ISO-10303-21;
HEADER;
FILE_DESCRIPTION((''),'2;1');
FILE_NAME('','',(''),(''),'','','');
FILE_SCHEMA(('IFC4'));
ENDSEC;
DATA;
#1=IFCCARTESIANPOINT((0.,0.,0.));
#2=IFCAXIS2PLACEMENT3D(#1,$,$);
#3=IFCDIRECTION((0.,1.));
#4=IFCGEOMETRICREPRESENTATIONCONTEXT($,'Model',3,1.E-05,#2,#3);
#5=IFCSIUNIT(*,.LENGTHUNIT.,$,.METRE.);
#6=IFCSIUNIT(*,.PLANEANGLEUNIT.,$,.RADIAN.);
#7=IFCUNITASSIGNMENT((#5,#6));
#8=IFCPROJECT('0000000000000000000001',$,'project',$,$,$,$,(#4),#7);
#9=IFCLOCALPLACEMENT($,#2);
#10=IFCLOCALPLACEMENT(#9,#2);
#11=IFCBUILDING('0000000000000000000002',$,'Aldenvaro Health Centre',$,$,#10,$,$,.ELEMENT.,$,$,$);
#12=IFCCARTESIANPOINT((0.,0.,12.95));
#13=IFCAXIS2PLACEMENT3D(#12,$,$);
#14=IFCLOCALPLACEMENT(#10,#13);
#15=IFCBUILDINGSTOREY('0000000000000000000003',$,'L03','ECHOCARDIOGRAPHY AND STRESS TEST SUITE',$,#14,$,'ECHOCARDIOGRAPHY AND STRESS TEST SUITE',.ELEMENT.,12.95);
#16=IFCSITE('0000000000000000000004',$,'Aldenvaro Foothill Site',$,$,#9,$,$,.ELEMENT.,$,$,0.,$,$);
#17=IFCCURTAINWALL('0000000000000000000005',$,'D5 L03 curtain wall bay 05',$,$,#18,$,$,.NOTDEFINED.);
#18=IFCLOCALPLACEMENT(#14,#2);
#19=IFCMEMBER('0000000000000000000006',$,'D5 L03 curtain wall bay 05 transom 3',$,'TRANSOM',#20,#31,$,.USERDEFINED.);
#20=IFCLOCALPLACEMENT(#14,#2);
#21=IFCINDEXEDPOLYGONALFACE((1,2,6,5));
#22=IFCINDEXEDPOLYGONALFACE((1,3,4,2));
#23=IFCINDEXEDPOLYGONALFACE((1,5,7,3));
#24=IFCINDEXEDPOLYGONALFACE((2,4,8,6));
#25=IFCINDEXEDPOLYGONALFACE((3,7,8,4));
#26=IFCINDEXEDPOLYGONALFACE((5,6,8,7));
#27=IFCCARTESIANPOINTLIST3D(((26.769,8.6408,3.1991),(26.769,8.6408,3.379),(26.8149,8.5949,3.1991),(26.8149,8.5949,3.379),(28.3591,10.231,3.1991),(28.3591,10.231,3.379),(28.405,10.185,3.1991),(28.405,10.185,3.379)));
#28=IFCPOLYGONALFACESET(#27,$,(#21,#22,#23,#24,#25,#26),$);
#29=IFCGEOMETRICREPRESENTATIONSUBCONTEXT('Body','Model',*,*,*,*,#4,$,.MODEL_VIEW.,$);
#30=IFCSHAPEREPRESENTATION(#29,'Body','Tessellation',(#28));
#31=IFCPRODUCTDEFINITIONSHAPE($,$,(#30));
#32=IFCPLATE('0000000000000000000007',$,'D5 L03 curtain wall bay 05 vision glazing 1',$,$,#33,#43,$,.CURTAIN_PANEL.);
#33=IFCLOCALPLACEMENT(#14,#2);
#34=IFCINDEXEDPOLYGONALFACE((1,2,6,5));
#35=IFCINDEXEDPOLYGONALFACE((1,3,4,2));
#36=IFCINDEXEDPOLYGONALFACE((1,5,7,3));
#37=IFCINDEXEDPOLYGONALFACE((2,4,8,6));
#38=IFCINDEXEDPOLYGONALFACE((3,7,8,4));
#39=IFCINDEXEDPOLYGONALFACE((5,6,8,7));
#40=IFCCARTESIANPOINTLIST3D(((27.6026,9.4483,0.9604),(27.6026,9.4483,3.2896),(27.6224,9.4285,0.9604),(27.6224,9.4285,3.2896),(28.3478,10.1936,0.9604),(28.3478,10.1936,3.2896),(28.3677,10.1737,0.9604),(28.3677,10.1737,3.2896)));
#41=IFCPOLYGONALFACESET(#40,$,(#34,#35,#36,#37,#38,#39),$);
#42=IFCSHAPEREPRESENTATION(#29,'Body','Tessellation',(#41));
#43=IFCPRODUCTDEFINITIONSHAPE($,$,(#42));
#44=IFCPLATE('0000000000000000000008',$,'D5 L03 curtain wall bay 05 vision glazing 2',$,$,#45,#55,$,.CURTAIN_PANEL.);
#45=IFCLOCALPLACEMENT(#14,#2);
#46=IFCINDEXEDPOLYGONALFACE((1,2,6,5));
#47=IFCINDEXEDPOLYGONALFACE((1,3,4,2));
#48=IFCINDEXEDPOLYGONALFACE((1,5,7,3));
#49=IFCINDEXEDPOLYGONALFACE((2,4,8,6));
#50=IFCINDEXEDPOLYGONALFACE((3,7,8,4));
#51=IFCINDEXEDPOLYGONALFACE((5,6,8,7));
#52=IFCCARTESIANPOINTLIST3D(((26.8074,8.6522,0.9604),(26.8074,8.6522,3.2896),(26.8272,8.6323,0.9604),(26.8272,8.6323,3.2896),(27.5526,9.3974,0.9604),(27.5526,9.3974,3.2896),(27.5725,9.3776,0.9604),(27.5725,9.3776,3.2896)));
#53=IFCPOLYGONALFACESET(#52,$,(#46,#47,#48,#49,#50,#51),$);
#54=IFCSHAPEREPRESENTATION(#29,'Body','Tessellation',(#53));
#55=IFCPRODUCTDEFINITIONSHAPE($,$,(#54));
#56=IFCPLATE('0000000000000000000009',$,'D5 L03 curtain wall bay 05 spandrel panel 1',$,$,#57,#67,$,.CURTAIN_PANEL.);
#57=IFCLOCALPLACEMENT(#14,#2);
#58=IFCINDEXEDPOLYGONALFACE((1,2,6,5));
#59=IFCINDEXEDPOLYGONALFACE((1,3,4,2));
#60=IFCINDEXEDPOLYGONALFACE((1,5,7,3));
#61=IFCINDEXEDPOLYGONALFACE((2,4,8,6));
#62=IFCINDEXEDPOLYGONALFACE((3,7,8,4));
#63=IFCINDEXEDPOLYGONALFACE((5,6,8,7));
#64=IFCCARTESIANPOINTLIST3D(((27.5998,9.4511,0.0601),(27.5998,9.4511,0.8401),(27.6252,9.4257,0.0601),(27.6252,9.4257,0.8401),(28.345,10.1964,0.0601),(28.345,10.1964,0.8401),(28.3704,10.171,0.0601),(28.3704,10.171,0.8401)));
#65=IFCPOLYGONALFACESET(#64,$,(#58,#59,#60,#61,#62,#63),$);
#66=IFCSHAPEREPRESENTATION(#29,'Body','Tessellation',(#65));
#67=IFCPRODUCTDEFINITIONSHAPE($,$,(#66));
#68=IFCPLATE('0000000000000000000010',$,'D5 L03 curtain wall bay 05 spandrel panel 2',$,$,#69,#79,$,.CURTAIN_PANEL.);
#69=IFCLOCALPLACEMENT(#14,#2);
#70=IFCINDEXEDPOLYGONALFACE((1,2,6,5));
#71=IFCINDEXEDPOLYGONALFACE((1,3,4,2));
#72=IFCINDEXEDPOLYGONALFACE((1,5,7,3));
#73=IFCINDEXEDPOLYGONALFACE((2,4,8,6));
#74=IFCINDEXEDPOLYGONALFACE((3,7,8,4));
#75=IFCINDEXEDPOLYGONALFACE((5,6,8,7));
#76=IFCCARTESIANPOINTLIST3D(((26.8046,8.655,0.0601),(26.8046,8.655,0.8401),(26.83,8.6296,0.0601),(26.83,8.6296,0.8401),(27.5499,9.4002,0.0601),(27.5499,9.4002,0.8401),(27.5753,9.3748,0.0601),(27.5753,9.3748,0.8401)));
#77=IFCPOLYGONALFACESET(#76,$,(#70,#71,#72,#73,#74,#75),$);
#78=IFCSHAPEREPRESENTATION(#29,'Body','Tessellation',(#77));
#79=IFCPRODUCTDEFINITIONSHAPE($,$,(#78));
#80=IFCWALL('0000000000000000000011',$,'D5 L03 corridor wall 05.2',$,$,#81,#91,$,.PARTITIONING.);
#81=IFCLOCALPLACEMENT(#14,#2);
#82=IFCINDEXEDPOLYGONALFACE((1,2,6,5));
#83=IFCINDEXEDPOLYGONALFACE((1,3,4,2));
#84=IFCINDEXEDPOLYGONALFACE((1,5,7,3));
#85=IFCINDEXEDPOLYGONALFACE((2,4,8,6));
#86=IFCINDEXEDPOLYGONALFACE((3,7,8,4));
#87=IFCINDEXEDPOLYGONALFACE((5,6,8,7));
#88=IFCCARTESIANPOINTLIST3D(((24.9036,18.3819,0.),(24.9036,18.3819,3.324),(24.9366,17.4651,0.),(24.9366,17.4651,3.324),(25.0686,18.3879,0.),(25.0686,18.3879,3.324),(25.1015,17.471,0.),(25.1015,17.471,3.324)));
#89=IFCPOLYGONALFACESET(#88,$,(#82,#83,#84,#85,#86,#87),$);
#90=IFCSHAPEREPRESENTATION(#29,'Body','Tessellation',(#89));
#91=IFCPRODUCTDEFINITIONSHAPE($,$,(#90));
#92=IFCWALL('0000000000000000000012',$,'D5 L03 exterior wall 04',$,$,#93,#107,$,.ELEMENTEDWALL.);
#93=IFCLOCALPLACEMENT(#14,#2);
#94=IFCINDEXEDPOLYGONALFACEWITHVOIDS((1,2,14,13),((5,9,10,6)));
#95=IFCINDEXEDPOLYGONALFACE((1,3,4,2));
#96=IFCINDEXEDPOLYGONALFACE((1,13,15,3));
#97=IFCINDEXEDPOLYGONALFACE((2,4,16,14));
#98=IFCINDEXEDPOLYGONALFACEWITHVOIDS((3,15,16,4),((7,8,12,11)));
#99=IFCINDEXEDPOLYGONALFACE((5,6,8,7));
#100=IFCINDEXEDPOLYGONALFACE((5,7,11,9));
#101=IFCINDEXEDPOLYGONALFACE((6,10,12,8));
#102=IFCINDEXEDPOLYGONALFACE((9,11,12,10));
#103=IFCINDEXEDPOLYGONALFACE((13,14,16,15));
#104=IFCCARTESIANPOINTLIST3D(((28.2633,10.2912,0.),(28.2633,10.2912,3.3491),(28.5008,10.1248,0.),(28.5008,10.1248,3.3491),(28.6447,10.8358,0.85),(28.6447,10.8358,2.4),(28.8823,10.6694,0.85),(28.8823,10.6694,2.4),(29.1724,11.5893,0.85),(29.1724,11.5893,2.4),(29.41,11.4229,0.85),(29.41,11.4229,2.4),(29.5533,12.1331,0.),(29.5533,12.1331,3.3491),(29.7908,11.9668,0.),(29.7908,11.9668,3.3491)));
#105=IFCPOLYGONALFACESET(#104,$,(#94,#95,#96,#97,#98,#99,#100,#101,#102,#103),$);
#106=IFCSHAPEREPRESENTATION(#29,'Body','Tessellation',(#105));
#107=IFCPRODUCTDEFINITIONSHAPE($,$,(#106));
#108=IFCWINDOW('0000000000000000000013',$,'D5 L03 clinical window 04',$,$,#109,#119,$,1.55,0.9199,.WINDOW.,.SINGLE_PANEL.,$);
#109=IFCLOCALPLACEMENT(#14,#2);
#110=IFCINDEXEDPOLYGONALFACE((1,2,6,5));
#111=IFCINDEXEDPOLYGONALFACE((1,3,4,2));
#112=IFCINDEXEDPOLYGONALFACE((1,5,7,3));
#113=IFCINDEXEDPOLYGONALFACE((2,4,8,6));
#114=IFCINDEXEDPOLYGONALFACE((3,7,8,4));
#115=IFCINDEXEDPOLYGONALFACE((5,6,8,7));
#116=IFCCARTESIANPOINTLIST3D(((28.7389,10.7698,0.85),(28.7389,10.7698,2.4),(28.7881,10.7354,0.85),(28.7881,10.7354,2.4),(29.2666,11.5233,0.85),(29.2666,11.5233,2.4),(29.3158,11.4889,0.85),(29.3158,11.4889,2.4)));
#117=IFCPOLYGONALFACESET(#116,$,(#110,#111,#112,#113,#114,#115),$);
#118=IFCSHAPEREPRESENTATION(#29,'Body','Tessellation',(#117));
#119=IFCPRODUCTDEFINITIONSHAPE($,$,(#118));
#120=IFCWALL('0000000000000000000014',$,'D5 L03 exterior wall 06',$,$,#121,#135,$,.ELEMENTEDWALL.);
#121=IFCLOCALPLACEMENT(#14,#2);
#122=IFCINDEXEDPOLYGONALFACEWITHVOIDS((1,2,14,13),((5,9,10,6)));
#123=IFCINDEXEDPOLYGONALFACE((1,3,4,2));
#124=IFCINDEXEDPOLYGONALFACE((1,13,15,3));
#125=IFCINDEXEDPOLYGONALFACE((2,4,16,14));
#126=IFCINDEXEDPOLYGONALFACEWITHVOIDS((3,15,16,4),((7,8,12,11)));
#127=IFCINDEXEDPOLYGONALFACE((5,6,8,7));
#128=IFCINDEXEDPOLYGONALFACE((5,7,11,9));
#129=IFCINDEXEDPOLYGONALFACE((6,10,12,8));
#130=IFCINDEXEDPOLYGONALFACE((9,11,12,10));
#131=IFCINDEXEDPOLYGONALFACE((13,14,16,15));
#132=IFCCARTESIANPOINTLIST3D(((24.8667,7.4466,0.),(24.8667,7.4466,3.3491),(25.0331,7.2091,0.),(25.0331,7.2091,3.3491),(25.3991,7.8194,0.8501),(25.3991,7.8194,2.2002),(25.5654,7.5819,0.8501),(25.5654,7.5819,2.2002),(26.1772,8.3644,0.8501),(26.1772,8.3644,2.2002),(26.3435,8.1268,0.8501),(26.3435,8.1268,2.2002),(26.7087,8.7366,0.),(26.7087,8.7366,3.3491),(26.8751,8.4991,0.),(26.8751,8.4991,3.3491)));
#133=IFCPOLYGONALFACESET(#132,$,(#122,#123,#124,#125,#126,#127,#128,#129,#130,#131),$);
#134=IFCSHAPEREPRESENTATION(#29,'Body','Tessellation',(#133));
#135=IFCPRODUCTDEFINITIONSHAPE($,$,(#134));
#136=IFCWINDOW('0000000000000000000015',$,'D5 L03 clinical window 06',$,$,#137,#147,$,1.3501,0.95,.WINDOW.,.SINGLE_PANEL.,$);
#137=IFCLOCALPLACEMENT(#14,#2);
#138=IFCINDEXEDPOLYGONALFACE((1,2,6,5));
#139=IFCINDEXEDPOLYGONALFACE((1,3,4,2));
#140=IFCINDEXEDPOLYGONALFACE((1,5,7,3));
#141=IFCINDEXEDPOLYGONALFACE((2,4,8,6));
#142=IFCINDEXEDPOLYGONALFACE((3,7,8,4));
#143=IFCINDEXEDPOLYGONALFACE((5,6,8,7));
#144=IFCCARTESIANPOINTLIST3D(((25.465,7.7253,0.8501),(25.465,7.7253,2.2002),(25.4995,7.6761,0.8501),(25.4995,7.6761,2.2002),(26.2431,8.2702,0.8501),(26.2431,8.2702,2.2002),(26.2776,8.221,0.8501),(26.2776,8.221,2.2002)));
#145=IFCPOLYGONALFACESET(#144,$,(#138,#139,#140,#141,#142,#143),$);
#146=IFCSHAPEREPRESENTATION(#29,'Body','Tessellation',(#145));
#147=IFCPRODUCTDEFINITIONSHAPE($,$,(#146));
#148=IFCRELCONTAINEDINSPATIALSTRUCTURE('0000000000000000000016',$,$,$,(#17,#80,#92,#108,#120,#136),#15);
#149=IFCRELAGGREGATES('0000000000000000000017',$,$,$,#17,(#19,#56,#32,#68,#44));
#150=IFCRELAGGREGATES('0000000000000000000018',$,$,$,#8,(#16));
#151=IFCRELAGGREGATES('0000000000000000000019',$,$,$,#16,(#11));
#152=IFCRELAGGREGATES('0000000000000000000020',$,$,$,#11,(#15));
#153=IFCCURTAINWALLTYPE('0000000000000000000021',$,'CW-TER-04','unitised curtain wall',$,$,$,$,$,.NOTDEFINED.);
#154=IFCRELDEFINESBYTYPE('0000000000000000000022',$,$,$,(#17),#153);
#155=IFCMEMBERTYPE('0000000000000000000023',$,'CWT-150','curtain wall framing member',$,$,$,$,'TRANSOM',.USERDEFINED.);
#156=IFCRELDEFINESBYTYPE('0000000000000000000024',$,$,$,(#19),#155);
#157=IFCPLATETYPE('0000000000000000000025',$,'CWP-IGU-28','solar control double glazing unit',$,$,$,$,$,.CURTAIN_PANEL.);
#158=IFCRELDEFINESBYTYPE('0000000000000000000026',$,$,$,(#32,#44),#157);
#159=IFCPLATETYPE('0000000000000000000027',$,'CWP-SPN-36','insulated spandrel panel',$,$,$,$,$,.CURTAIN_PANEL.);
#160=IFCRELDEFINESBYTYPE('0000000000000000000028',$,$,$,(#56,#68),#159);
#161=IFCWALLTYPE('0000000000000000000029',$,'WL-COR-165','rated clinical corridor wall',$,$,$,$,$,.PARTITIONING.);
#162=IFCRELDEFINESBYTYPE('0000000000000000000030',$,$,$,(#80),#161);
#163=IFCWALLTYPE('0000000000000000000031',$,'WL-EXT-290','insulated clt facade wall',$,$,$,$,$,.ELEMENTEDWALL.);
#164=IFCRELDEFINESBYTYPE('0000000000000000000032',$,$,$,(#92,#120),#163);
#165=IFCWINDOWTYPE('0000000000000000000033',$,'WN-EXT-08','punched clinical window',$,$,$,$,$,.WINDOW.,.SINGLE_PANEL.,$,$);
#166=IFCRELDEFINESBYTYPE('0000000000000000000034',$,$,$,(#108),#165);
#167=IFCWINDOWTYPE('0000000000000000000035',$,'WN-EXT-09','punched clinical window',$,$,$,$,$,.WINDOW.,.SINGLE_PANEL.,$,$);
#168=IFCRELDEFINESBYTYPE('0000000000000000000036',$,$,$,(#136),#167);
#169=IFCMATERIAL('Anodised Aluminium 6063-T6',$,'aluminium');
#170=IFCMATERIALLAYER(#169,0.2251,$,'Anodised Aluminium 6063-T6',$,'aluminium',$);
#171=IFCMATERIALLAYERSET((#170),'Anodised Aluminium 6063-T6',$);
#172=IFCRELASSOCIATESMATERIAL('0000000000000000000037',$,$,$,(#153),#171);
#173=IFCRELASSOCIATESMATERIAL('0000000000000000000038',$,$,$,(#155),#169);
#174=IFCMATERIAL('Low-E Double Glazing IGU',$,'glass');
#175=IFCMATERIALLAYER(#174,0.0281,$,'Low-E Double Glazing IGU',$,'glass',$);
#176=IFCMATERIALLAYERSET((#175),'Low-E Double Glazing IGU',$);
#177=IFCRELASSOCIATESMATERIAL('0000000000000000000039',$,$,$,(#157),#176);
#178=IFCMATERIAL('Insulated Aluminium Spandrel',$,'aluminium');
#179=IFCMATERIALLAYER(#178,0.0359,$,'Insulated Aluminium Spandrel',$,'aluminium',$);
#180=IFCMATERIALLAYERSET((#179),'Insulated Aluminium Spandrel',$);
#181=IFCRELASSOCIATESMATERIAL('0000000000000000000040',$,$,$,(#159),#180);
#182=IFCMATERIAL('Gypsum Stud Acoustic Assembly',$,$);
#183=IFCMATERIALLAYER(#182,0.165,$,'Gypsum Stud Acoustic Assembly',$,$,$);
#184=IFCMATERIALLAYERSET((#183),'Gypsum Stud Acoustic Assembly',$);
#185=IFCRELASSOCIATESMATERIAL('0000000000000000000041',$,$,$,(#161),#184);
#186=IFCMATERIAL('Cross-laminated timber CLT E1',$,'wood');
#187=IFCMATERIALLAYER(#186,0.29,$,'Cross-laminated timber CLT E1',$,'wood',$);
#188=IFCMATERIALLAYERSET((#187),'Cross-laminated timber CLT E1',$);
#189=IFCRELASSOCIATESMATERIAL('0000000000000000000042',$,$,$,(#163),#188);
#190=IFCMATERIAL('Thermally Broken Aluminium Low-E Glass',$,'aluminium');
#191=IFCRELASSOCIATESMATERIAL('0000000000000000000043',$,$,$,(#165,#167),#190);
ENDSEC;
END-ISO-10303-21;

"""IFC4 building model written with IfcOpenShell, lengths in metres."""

from ifc_helpers import new_model, si_unit, direction, frame, frame_2d, origin, origin_2d, place, context, subcontext, project, spatial, rectangle, extrude, material, layer, layer_set, material_profile, profile_set, type_object, element, fill, aggregate, save


model = new_model("IFC4")

# Units and contexts
model_context = context("Model", 3, precision=1e-05, world=origin(), true_north=direction((0.0, 1.0)))
body_context = subcontext(model_context, "Body", "Model", "MODEL_VIEW")
ifc_project = project(units=[si_unit("LENGTHUNIT", "METRE"), si_unit("PLANEANGLEUNIT", "RADIAN")], contexts=[model_context])

# Site, building, storey
site_placement = place(None, origin())
site = spatial("IfcSite", under=ifc_project, at=site_placement, Name="Aldenvaro Foothill Site", CompositionType="ELEMENT", RefElevation=0.0)
building_placement = place(site_placement, origin())
building = spatial("IfcBuilding", under=site, at=building_placement, Name="Aldenvaro Health Centre", CompositionType="ELEMENT")
storey_placement = place(building_placement, frame((0.0, 0.0, 12.95)))
storey = spatial("IfcBuildingStorey", under=building, at=storey_placement, Name="L03", Description="ECHOCARDIOGRAPHY AND STRESS TEST SUITE", LongName="ECHOCARDIOGRAPHY AND STRESS TEST SUITE", CompositionType="ELEMENT", Elevation=12.95)

# Curtain wall, member, plates
ifc_material_1 = material(Name="Anodised Aluminium 6063-T6", Category="aluminium")
ifc_layer_1 = layer(ifc_material_1, 0.2251, Name="Anodised Aluminium 6063-T6", Category="aluminium")
ifc_layer_set_1 = layer_set([ifc_layer_1], Name="Anodised Aluminium 6063-T6")
curtain_wall_type = type_object("IfcCurtainWallType", Name="CW-TER-04", Description="unitised curtain wall", PredefinedType="NOTDEFINED", material=ifc_layer_set_1)
curtain_wall_placement = place(storey_placement, origin())
curtain_wall = element("IfcCurtainWall", 1, at=curtain_wall_placement, inside=storey, type_object=curtain_wall_type, Name="D5 L03 curtain wall bay 05", PredefinedType="NOTDEFINED")
ifc_material_profile_1 = material_profile(ifc_material_1, rectangle(XDim=0.0649, YDim=0.1799, at=origin_2d()), Name="ALU 65x180", Category="aluminium")
ifc_profile_set_1 = profile_set([ifc_material_profile_1], Name="Anodised Aluminium 6063-T6")
member_type_1 = type_object("IfcMemberType", Name="CWT-150", Description="curtain wall framing member", ElementType="TRANSOM", PredefinedType="USERDEFINED", material=ifc_profile_set_1)
member_1_placement = place(storey_placement, frame((28.3821, 10.208, 3.2891), z_axis=(-0.707107, -0.707107, 0.0), x_axis=(0.707107, -0.707107, 0.0)))
member_1 = element("IfcMember", 2, at=member_1_placement, type_object=member_type_1, Name="D5 L03 curtain wall bay 05 transom 3", ObjectType="TRANSOM", PredefinedType="USERDEFINED", context=body_context, shape_type="SweptSolid", body=[
    extrude(rectangle(XDim=0.0649, YDim=0.1799, at=origin_2d()), origin(), (0.0, 0.0, 1.0), 2.2488),
])
ifc_material_2 = material(Name="Low-E Double Glazing IGU", Category="glass")
ifc_layer_2 = layer(ifc_material_2, 0.0281, Name="Low-E Double Glazing IGU", Category="glass")
ifc_layer_set_2 = layer_set([ifc_layer_2], Name="Low-E Double Glazing IGU")
plate_type_1 = type_object("IfcPlateType", Name="CWP-IGU-28", Description="solar control double glazing unit", PredefinedType="CURTAIN_PANEL", material=ifc_layer_set_2)
plate_1_placement = place(storey_placement, frame((27.9851, 9.811, 0.9604), z_axis=(0.0, 0.0, 1.0), x_axis=(-0.707107, -0.707107, 0.0)))
plate_1 = element("IfcPlate", 3, at=plate_1_placement, type_object=plate_type_1, Name="D5 L03 curtain wall bay 05 vision glazing 1", PredefinedType="CURTAIN_PANEL", context=body_context, shape_type="SweptSolid", body=[
    extrude(rectangle(XDim=1.054, YDim=0.0281, at=origin_2d()), origin(), (0.0, 0.0, 1.0), 2.3291),
])
plate_2_placement = place(storey_placement, frame((27.1899, 9.0149, 0.9604), z_axis=(0.0, 0.0, 1.0), x_axis=(-0.707107, -0.707107, 0.0)))
plate_2 = element("IfcPlate", 4, at=plate_2_placement, type_object=plate_type_1, Name="D5 L03 curtain wall bay 05 vision glazing 2", PredefinedType="CURTAIN_PANEL", context=body_context, shape_type="SweptSolid", body=[
    extrude(rectangle(XDim=1.054, YDim=0.0281, at=origin_2d()), origin(), (0.0, 0.0, 1.0), 2.3291),
])
ifc_material_3 = material(Name="Insulated Aluminium Spandrel", Category="aluminium")
ifc_layer_3 = layer(ifc_material_3, 0.0359, Name="Insulated Aluminium Spandrel", Category="aluminium")
ifc_layer_set_3 = layer_set([ifc_layer_3], Name="Insulated Aluminium Spandrel")
plate_type_2 = type_object("IfcPlateType", Name="CWP-SPN-36", Description="insulated spandrel panel", PredefinedType="CURTAIN_PANEL", material=ifc_layer_set_3)
plate_3_placement = place(storey_placement, frame((27.9851, 9.811, 0.0601), z_axis=(0.0, 0.0, 1.0), x_axis=(-0.707107, -0.707107, 0.0)))
plate_3 = element("IfcPlate", 5, at=plate_3_placement, type_object=plate_type_2, Name="D5 L03 curtain wall bay 05 spandrel panel 1", PredefinedType="CURTAIN_PANEL", context=body_context, shape_type="SweptSolid", body=[
    extrude(rectangle(XDim=1.054, YDim=0.0359, at=origin_2d()), origin(), (0.0, 0.0, 1.0), 0.78),
])
plate_4_placement = place(storey_placement, frame((27.1899, 9.0149, 0.0601), z_axis=(0.0, 0.0, 1.0), x_axis=(-0.707107, -0.707107, 0.0)))
plate_4 = element("IfcPlate", 6, at=plate_4_placement, type_object=plate_type_2, Name="D5 L03 curtain wall bay 05 spandrel panel 2", PredefinedType="CURTAIN_PANEL", context=body_context, shape_type="SweptSolid", body=[
    extrude(rectangle(XDim=1.054, YDim=0.0359, at=origin_2d()), origin(), (0.0, 0.0, 1.0), 0.78),
])
aggregate(curtain_wall, [member_1, plate_3, plate_1, plate_4, plate_2])

# Wall
ifc_material_4 = material(Name="Gypsum Stud Acoustic Assembly")
ifc_layer_4 = layer(ifc_material_4, 0.165, Name="Gypsum Stud Acoustic Assembly")
ifc_layer_set_4 = layer_set([ifc_layer_4], Name="Gypsum Stud Acoustic Assembly")
wall_type_1 = type_object("IfcWallType", Name="WL-COR-165", Description="rated clinical corridor wall", PredefinedType="PARTITIONING", material=ifc_layer_set_4)
wall_1_placement = place(storey_placement, frame((25.019, 17.468, 0.0), z_axis=(0.0, 0.0, 1.0), x_axis=(-0.035919, 0.999355, 0.0)))
element("IfcWall", 7, at=wall_1_placement, inside=storey, type_object=wall_type_1, Name="D5 L03 corridor wall 05.2", PredefinedType="PARTITIONING", context=body_context, shape_type="SweptSolid", body=[
    extrude(rectangle(XDim=0.9175, YDim=0.165, at=frame_2d((0.4587, 0.0))), origin(), (0.0, 0.0, 1.0), 3.324),
])

# Walls, openings, windows
ifc_material_5 = material(Name="Cross-laminated timber CLT E1", Category="wood")
ifc_layer_5 = layer(ifc_material_5, 0.29, Name="Cross-laminated timber CLT E1", Category="wood")
ifc_layer_set_5 = layer_set([ifc_layer_5], Name="Cross-laminated timber CLT E1")
wall_type_2 = type_object("IfcWallType", Name="WL-EXT-290", Description="insulated clt facade wall", PredefinedType="ELEMENTEDWALL", material=ifc_layer_set_5)
wall_2_placement = place(storey_placement, frame((29.6721, 12.05, 0.0), z_axis=(0.0, 0.0, 1.0), x_axis=(-0.573644, -0.819104, 0.0)))
wall_2 = element("IfcWall", 8, at=wall_2_placement, inside=storey, type_object=wall_type_2, Name="D5 L03 exterior wall 04", PredefinedType="ELEMENTEDWALL", context=body_context, shape_type="SweptSolid", body=[
    extrude(rectangle(XDim=2.2488, YDim=0.29, at=frame_2d((1.1245, 0.0))), origin(), (0.0, 0.0, 1.0), 3.3491),
])
opening_1_placement = place(wall_2_placement, frame((0.6641, 0.0, 0.8501)))
opening_1 = element("IfcOpeningElement", 9, at=opening_1_placement, cuts=wall_2, PredefinedType="OPENING", context=body_context, shape_type="SweptSolid", body=[
    extrude(rectangle(XDim=0.9199, YDim=1.55, at=frame_2d((0.46, 0.7749))), frame((0.0, 0.155, 0.0), z_axis=(0.0, -1.0, 0.0), x_axis=(1.0, 0.0, 0.0)), (0.0, 0.0, 1.0), 0.3101),
])
ifc_material_6 = material(Name="Thermally Broken Aluminium Low-E Glass", Category="aluminium")
window_type_1 = type_object("IfcWindowType", Name="WN-EXT-08", Description="punched clinical window", PartitioningType="SINGLE_PANEL", PredefinedType="WINDOW", material=ifc_material_6)
window_1_placement = place(opening_1_placement, origin())
window_1 = element("IfcWindow", 10, at=window_1_placement, inside=storey, type_object=window_type_1, Name="D5 L03 clinical window 04", OverallHeight=1.55, OverallWidth=0.9199, PartitioningType="SINGLE_PANEL", PredefinedType="WINDOW", context=body_context, shape_type="SweptSolid", body=[
    extrude(rectangle(XDim=0.9199, YDim=1.55, at=frame_2d((0.46, 0.7749))), frame((0.0, 0.03, 0.0), z_axis=(0.0, -1.0, 0.0), x_axis=(1.0, 0.0, 0.0)), (0.0, 0.0, 1.0), 0.0601),
])
fill(opening_1, window_1)
wall_3_placement = place(storey_placement, frame((26.792, 8.6179, 0.0), z_axis=(0.0, 0.0, 1.0), x_axis=(-0.819104, -0.573644, 0.0)))
wall_3 = element("IfcWall", 11, at=wall_3_placement, inside=storey, type_object=wall_type_2, Name="D5 L03 exterior wall 06", PredefinedType="ELEMENTEDWALL", context=body_context, shape_type="SweptSolid", body=[
    extrude(rectangle(XDim=2.2488, YDim=0.29, at=frame_2d((1.1245, 0.0))), origin(), (0.0, 0.0, 1.0), 3.3491),
])
opening_2_placement = place(wall_3_placement, frame((0.6489, 0.0, 0.8501)))
opening_2 = element("IfcOpeningElement", 12, at=opening_2_placement, cuts=wall_3, PredefinedType="OPENING", context=body_context, shape_type="SweptSolid", body=[
    extrude(rectangle(XDim=0.95, YDim=1.3501, at=frame_2d((0.4751, 0.675))), frame((0.0, 0.155, 0.0), z_axis=(0.0, -1.0, 0.0), x_axis=(1.0, 0.0, 0.0)), (0.0, 0.0, 1.0), 0.3101),
])
window_type_2 = type_object("IfcWindowType", Name="WN-EXT-09", Description="punched clinical window", PartitioningType="SINGLE_PANEL", PredefinedType="WINDOW", material=ifc_material_6)
window_2_placement = place(opening_2_placement, origin())
window_2 = element("IfcWindow", 13, at=window_2_placement, inside=storey, type_object=window_type_2, Name="D5 L03 clinical window 06", OverallHeight=1.3501, OverallWidth=0.95, PartitioningType="SINGLE_PANEL", PredefinedType="WINDOW", context=body_context, shape_type="SweptSolid", body=[
    extrude(rectangle(XDim=0.95, YDim=1.3501, at=frame_2d((0.4751, 0.675))), frame((0.0, 0.03, 0.0), z_axis=(0.0, -1.0, 0.0), x_axis=(1.0, 0.0, 0.0)), (0.0, 0.0, 1.0), 0.0601),
])
fill(opening_2, window_2)

save(model, "model.ifc")
